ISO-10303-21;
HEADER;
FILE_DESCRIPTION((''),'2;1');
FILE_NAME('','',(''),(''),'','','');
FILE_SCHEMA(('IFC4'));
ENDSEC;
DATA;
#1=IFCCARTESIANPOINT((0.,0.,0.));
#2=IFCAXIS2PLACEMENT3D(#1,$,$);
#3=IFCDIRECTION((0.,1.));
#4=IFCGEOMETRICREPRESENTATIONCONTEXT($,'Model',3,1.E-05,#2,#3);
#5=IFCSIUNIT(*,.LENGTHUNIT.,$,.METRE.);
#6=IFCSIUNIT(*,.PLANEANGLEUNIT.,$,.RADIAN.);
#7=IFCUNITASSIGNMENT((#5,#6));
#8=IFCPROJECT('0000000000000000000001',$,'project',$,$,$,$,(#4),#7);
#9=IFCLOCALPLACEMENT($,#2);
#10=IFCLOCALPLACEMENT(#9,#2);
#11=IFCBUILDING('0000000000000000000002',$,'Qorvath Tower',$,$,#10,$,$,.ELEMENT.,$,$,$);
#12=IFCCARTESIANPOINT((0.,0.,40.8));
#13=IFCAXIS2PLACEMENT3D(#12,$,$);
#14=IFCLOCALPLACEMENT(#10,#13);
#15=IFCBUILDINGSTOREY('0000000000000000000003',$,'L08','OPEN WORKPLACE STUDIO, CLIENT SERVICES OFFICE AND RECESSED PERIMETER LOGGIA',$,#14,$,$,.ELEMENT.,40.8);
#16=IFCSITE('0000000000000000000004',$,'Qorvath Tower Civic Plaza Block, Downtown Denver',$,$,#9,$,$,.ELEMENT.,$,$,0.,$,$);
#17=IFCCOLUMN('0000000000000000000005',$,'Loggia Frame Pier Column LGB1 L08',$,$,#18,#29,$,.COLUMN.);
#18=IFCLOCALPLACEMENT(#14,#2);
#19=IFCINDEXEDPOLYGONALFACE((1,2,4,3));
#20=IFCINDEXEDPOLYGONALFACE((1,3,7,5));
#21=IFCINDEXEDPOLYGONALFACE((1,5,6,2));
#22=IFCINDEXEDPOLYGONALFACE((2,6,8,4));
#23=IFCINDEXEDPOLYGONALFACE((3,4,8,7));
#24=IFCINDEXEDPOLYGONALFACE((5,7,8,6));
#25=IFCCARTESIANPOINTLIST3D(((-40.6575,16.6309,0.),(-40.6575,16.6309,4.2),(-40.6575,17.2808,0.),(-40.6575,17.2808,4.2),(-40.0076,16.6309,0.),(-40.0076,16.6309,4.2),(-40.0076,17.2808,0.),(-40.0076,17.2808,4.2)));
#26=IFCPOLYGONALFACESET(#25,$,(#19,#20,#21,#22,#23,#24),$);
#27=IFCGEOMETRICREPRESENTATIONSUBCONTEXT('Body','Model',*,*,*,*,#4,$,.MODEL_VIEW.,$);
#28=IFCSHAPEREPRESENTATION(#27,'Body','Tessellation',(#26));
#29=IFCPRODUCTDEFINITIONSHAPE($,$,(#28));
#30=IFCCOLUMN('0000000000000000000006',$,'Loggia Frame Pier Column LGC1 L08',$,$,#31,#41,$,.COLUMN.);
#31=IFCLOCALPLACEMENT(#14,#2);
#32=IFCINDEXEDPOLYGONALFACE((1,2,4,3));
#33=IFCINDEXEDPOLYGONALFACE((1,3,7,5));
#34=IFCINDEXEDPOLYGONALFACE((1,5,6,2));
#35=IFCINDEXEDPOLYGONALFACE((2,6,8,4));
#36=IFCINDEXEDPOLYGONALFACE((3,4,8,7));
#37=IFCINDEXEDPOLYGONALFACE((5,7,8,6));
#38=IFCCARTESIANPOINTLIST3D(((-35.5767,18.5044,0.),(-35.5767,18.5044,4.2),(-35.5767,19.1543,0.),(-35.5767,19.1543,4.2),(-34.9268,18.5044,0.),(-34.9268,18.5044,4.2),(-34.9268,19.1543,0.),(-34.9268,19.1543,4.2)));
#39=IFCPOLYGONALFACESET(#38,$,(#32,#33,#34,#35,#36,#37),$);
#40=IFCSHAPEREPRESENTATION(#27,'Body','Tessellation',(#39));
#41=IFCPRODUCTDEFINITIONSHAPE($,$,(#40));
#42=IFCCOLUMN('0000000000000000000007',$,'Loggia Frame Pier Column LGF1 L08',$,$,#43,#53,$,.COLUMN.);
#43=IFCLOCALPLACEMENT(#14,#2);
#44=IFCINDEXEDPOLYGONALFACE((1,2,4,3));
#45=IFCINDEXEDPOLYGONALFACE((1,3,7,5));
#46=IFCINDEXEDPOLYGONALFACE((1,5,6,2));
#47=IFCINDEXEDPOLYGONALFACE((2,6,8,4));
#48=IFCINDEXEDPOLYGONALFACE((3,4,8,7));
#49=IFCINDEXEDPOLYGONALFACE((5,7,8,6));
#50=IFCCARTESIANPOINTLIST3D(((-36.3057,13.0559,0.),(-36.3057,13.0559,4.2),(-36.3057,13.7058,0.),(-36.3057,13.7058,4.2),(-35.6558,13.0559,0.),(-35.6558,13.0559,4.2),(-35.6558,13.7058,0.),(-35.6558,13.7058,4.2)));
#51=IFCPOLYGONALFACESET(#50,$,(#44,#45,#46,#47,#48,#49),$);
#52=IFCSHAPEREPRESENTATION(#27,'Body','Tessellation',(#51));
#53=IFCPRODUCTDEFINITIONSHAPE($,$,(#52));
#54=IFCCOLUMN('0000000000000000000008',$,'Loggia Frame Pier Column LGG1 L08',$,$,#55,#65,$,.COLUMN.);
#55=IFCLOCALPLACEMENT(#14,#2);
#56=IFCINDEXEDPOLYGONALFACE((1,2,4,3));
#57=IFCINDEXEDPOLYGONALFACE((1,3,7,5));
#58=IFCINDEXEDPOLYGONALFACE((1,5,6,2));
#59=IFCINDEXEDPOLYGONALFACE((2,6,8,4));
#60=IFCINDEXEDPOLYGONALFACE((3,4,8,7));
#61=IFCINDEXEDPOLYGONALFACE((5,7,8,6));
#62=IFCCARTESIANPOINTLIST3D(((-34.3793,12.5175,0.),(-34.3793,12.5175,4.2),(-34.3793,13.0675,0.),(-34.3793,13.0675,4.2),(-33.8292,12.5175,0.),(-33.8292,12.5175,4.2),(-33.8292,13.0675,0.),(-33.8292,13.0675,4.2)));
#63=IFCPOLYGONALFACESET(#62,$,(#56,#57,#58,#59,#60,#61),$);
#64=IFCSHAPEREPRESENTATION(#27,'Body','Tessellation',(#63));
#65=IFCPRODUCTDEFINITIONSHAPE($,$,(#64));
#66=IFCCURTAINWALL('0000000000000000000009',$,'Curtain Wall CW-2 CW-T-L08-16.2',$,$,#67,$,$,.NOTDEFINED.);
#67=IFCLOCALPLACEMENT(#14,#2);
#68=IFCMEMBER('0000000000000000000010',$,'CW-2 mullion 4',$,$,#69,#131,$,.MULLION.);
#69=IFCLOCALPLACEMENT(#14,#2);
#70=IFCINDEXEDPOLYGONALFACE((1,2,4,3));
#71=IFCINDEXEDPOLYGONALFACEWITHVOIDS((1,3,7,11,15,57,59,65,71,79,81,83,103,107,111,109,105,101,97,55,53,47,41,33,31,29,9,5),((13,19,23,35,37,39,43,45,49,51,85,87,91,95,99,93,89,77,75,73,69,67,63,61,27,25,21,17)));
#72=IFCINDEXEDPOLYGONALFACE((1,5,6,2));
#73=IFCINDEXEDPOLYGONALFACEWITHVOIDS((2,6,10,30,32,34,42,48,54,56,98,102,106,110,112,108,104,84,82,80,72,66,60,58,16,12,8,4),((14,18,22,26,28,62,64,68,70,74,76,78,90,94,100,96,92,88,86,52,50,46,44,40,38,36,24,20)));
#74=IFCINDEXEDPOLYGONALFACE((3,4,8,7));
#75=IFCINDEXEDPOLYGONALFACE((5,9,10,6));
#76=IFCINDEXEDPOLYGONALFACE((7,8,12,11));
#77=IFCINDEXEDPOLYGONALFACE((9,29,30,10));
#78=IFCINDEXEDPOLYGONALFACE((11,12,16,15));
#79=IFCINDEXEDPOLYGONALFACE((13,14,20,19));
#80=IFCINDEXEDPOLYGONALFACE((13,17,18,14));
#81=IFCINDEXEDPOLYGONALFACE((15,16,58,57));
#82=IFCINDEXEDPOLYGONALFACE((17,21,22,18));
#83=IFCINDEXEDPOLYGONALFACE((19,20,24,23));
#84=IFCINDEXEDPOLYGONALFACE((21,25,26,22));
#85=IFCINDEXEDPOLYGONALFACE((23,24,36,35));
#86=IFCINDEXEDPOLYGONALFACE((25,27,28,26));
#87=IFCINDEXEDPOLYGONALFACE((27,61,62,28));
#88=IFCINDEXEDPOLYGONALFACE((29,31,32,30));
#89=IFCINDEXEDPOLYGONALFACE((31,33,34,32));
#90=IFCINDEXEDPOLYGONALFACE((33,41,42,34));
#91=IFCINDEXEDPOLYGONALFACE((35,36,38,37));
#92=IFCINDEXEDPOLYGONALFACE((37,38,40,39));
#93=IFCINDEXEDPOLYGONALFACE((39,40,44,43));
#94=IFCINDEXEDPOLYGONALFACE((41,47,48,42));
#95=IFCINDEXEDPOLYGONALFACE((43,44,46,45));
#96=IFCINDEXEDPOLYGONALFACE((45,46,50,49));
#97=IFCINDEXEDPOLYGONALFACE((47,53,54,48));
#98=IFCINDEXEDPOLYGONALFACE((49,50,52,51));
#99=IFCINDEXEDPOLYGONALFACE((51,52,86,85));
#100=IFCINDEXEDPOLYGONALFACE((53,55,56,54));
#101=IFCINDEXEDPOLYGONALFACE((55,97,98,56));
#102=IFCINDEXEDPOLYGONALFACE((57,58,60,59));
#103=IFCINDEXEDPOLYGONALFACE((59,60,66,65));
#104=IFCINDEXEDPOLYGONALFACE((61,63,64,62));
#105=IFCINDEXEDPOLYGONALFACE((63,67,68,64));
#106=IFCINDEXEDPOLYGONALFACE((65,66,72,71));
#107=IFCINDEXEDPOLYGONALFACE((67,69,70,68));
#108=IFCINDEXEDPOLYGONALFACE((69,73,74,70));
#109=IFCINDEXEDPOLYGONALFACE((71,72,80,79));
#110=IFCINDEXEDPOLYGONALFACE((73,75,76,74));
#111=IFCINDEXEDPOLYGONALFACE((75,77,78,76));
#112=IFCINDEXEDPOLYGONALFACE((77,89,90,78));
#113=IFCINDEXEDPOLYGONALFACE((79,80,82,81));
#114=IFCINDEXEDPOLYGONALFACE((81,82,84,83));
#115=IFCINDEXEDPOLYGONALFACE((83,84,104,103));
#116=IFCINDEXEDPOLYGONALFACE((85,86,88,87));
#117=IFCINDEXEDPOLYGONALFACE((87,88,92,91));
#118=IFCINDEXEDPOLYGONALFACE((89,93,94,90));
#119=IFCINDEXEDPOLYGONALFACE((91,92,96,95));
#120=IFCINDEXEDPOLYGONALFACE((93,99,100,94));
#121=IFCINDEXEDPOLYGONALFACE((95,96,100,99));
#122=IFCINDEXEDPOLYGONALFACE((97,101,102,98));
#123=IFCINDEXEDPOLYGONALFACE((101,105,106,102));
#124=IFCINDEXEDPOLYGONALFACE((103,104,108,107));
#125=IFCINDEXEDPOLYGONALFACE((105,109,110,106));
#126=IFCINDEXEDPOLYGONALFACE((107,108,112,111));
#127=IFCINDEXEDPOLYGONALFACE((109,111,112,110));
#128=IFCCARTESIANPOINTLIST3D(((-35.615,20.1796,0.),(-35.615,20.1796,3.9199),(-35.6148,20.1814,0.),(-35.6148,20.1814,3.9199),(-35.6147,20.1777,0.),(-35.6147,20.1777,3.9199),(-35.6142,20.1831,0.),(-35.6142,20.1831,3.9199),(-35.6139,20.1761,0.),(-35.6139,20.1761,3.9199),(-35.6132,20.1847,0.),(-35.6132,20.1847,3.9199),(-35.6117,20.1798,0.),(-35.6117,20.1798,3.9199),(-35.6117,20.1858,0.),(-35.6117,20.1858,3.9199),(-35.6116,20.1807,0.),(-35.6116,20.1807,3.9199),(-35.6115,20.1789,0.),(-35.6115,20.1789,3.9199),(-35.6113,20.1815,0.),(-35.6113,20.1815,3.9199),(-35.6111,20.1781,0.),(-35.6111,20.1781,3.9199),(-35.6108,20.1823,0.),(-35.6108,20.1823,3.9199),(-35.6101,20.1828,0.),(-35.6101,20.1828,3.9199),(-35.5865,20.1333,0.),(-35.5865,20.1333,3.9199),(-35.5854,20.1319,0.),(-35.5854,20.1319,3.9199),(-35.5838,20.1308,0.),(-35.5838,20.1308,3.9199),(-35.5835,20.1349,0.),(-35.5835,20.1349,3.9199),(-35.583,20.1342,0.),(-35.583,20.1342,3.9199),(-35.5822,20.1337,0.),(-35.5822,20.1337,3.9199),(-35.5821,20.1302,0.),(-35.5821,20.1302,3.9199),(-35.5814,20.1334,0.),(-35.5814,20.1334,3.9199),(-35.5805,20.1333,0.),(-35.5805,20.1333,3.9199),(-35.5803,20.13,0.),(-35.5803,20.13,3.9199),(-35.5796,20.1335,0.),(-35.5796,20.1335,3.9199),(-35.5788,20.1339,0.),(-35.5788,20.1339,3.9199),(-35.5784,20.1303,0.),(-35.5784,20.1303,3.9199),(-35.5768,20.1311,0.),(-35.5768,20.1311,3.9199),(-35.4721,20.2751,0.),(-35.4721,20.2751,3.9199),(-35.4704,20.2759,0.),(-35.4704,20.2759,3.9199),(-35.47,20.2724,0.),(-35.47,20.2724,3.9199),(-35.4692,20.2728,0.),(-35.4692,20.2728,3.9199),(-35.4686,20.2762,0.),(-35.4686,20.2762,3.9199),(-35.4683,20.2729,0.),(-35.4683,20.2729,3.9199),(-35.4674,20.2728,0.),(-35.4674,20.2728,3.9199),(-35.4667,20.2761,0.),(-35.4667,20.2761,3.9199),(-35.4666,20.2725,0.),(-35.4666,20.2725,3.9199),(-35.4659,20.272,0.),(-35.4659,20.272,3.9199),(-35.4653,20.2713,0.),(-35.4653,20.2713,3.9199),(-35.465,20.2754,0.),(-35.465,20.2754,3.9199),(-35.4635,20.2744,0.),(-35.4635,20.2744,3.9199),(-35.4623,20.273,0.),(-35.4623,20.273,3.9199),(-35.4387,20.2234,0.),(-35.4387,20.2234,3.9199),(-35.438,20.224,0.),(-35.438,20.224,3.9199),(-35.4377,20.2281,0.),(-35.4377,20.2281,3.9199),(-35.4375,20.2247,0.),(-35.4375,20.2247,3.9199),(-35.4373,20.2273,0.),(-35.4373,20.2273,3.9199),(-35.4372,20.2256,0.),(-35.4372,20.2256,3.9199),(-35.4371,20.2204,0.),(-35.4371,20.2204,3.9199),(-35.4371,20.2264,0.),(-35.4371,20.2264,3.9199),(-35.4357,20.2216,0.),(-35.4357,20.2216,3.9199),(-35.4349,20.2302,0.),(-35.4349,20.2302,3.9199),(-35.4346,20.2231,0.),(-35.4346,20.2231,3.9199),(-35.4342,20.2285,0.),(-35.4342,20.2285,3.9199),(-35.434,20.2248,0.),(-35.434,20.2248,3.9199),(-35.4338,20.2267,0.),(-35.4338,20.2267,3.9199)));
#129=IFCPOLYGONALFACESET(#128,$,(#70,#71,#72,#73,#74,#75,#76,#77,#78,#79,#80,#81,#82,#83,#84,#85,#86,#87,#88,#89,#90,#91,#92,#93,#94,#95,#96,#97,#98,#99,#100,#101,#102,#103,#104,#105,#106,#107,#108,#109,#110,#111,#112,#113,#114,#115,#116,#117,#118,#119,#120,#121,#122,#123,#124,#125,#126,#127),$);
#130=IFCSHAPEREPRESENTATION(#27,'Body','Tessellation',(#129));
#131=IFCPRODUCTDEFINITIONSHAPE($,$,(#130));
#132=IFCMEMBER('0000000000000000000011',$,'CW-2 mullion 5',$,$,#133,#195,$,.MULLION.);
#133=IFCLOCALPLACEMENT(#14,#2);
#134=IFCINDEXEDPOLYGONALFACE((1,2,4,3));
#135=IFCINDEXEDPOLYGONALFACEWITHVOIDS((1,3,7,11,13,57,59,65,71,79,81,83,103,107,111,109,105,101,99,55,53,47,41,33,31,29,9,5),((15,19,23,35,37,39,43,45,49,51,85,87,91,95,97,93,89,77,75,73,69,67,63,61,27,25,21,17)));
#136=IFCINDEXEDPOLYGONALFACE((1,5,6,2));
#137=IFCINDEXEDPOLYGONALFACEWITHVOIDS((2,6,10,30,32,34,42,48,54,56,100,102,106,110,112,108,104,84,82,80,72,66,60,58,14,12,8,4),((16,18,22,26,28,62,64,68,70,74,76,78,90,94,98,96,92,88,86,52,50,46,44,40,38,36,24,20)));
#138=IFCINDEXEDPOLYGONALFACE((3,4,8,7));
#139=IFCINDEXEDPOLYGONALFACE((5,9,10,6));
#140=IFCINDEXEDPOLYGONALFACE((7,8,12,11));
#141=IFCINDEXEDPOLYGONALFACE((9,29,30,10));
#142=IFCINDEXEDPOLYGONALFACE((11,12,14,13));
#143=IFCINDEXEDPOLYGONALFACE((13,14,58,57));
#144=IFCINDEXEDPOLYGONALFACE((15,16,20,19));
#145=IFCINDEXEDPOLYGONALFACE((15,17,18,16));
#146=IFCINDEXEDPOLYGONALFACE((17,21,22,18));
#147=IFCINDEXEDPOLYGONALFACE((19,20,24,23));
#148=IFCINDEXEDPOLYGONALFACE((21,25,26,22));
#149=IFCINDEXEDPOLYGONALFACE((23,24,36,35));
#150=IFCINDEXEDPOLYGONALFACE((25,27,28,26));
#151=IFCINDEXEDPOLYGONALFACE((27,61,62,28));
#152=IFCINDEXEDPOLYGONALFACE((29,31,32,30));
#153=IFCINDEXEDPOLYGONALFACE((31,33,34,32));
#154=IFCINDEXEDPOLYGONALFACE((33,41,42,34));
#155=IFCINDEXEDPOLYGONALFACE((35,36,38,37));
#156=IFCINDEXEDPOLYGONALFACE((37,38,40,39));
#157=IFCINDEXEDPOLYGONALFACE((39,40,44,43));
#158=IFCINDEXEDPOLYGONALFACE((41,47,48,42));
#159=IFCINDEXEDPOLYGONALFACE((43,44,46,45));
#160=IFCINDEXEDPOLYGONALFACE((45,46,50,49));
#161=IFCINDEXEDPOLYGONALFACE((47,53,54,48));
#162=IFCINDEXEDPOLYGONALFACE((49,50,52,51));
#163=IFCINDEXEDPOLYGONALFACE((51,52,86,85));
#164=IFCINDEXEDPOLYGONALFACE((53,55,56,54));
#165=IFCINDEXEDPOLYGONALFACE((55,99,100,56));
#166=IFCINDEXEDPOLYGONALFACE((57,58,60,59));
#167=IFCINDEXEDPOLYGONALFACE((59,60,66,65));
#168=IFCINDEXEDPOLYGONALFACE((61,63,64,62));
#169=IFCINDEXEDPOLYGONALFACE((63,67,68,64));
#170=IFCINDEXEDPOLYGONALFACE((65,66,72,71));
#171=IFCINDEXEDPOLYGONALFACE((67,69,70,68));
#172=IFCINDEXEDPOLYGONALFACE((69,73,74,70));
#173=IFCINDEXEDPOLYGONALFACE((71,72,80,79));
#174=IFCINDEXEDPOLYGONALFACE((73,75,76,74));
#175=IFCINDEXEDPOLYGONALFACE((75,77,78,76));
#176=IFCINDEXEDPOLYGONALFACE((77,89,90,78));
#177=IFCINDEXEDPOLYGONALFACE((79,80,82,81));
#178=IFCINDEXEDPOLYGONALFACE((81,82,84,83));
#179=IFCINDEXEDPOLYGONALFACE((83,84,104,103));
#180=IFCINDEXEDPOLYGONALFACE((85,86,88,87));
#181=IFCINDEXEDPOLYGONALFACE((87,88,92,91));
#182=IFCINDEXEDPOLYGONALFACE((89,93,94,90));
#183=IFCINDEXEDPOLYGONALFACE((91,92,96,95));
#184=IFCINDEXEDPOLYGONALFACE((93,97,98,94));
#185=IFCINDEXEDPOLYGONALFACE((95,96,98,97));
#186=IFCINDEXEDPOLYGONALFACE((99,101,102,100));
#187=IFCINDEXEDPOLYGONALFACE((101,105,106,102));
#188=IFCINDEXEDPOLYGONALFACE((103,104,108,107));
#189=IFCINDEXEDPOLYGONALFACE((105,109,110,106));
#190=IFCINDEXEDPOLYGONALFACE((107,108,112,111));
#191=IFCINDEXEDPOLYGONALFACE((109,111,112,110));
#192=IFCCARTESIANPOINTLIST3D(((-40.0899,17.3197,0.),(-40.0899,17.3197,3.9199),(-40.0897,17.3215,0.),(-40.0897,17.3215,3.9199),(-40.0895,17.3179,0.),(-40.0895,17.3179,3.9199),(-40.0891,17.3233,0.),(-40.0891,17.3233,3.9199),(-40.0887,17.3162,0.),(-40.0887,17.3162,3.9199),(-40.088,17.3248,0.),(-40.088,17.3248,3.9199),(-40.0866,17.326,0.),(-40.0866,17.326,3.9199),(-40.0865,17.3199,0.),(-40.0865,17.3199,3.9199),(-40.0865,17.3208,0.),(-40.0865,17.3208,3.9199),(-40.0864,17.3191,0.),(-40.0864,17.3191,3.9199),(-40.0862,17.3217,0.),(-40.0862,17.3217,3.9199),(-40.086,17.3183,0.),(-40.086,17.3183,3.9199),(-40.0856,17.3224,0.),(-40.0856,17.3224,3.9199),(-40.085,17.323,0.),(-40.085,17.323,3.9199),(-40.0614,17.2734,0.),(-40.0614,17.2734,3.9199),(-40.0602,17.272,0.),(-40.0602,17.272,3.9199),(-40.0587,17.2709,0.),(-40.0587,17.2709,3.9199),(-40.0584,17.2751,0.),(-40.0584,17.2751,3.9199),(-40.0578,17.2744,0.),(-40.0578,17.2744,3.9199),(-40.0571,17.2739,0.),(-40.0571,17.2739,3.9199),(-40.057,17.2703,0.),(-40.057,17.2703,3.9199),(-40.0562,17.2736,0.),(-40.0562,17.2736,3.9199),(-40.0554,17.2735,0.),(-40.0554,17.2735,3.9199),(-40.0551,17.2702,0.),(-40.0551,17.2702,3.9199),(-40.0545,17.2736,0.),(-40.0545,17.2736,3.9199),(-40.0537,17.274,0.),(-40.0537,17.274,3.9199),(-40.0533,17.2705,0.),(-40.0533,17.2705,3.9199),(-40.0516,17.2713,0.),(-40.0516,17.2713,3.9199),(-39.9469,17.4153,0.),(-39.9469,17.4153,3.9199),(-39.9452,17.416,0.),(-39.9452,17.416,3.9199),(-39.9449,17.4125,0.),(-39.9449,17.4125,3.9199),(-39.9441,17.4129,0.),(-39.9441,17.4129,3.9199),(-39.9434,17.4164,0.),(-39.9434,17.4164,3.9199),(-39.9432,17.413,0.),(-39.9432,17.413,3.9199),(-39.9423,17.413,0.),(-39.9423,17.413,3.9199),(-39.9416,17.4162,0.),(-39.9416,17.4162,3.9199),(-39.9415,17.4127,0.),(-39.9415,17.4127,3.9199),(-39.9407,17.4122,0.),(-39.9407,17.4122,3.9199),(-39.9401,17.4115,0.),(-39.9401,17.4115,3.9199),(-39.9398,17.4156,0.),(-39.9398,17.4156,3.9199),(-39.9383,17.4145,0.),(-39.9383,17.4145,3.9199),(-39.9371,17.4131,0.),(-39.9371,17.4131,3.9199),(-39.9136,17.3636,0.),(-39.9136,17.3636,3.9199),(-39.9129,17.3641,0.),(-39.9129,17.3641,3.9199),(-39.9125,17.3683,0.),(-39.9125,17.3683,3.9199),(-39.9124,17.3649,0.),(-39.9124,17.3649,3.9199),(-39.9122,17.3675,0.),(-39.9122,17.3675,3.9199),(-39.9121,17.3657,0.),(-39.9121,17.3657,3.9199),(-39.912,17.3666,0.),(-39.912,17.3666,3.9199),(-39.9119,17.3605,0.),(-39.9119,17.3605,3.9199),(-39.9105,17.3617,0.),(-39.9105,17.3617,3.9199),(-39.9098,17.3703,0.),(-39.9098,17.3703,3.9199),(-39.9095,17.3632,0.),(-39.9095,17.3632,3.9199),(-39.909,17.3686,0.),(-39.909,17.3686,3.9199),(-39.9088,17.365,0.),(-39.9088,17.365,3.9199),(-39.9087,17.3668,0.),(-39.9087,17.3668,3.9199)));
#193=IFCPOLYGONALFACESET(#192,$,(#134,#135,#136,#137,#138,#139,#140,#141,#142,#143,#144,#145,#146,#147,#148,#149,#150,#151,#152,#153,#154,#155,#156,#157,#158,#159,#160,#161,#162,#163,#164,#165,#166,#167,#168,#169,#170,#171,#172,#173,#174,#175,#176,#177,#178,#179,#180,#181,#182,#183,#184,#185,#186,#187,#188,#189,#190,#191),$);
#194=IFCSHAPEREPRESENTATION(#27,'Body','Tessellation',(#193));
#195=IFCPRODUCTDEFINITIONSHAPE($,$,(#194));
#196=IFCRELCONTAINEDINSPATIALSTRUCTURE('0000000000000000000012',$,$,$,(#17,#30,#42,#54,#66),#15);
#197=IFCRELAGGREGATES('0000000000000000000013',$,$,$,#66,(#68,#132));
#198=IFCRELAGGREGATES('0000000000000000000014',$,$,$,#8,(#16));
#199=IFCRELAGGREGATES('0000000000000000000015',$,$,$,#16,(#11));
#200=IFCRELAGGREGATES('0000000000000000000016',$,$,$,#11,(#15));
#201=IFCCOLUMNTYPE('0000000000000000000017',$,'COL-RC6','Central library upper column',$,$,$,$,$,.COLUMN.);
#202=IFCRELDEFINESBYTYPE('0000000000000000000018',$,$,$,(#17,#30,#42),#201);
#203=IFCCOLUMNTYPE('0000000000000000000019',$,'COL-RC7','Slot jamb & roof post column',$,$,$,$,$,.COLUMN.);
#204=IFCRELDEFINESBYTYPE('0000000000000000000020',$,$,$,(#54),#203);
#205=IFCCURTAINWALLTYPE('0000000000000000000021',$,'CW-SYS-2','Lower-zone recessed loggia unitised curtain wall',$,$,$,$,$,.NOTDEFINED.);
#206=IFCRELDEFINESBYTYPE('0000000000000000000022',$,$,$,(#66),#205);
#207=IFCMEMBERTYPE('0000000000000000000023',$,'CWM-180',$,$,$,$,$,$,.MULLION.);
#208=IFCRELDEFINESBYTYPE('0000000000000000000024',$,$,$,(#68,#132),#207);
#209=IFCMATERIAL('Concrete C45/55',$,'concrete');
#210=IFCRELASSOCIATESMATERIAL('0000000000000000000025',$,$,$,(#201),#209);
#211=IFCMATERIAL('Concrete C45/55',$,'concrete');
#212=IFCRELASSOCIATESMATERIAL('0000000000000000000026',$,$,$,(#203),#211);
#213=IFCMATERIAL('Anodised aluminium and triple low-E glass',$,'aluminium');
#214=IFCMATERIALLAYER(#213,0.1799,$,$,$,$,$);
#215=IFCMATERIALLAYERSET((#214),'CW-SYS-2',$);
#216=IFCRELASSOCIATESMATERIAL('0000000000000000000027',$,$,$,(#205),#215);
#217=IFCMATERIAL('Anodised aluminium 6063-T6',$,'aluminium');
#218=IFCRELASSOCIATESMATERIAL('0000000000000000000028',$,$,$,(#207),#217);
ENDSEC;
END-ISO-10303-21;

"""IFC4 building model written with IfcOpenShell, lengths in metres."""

from ifc_helpers import new_model, si_unit, direction, frame, origin, origin_2d, place, context, subcontext, project, spatial, rectangle, hollow_rectangle, extrude, material, layer, layer_set, material_profile, profile_set, type_object, element, aggregate, save


model = new_model("IFC4")

# Units and contexts
model_context = context("Model", 3, precision=1e-05, world=origin(), true_north=direction((0.0, 1.0)))
body_context = subcontext(model_context, "Body", "Model", "MODEL_VIEW")
ifc_project = project(units=[si_unit("LENGTHUNIT", "METRE"), si_unit("PLANEANGLEUNIT", "RADIAN")], contexts=[model_context])

# Site, building, storey
site_placement = place(None, origin())
site = spatial("IfcSite", under=ifc_project, at=site_placement, Name="Qorvath Tower Civic Plaza Block, Downtown Denver", CompositionType="ELEMENT", RefElevation=0.0)
building_placement = place(site_placement, origin())
building = spatial("IfcBuilding", under=site, at=building_placement, Name="Qorvath Tower", CompositionType="ELEMENT")
storey_placement = place(building_placement, frame((0.0, 0.0, 40.8)))
storey = spatial("IfcBuildingStorey", under=building, at=storey_placement, Name="L08", Description="OPEN WORKPLACE STUDIO, CLIENT SERVICES OFFICE AND RECESSED PERIMETER LOGGIA", CompositionType="ELEMENT", Elevation=40.8)

# Columns
ifc_material_1 = material(Name="Concrete C45/55", Category="concrete")
ifc_material_profile_1 = material_profile(ifc_material_1, rectangle(XDim=0.6499, YDim=0.6499, at=origin_2d()), Name="RC 650x650")
ifc_profile_set_1 = profile_set([ifc_material_profile_1], Name="Concrete C45/55")
column_type_1 = type_object("IfcColumnType", Name="COL-RC6", Description="Central library upper column", PredefinedType="COLUMN", material=ifc_profile_set_1)
for number, where, z_axis, x_axis, name in (
    (1, (-40.3325, 16.9558, 0.0), (0.0, 0.0, 1.0), (1.0, 0.0, 0.0), "Loggia Frame Pier Column LGB1 L08"),
    (2, (-35.2517, 18.8293, 0.0), (0.0, 0.0, 1.0), (1.0, 0.0, 0.0), "Loggia Frame Pier Column LGC1 L08"),
    (3, (-35.9807, 13.3809, 0.0), (0.0, 0.0, 1.0), (1.0, 0.0, 0.0), "Loggia Frame Pier Column LGF1 L08"),
):
    element("IfcColumn", number, at=place(storey_placement, frame(where, z_axis=z_axis, x_axis=x_axis)), inside=storey, type_object=column_type_1, Name=name, PredefinedType="COLUMN", context=body_context, shape_type="SweptSolid", body=[
        extrude(rectangle(XDim=0.6499, YDim=0.6499, at=origin_2d()), origin(), (0.0, 0.0, 1.0), 4.2),
    ])
ifc_material_2 = material(Name="Concrete C45/55", Category="concrete")
ifc_material_profile_2 = material_profile(ifc_material_2, rectangle(XDim=0.55, YDim=0.55, at=origin_2d()), Name="RC 550x550")
ifc_profile_set_2 = profile_set([ifc_material_profile_2], Name="Concrete C45/55")
column_type_2 = type_object("IfcColumnType", Name="COL-RC7", Description="Slot jamb & roof post column", PredefinedType="COLUMN", material=ifc_profile_set_2)
column_placement = place(storey_placement, frame((-34.1042, 12.7925, 0.0), z_axis=(0.0, 0.0, 1.0), x_axis=(1.0, 0.0, 0.0)))
element("IfcColumn", 4, at=column_placement, inside=storey, type_object=column_type_2, Name="Loggia Frame Pier Column LGG1 L08", PredefinedType="COLUMN", context=body_context, shape_type="SweptSolid", body=[
    extrude(rectangle(XDim=0.55, YDim=0.55, at=origin_2d()), origin(), (0.0, 0.0, 1.0), 4.2),
])

# Curtain wall, members
ifc_material_3 = material(Name="Anodised aluminium and triple low-E glass", Category="aluminium")
ifc_layer_1 = layer(ifc_material_3, 0.1799)
ifc_layer_set_1 = layer_set([ifc_layer_1], Name="CW-SYS-2")
curtain_wall_type = type_object("IfcCurtainWallType", Name="CW-SYS-2", Description="Lower-zone recessed loggia unitised curtain wall", PredefinedType="NOTDEFINED", material=ifc_layer_set_1)
curtain_wall_placement = place(storey_placement, origin())
curtain_wall = element("IfcCurtainWall", 5, at=curtain_wall_placement, inside=storey, type_object=curtain_wall_type, Name="Curtain Wall CW-2 CW-T-L08-16.2", PredefinedType="NOTDEFINED")
ifc_material_4 = material(Name="Anodised aluminium 6063-T6", Category="aluminium")
ifc_material_profile_3 = material_profile(ifc_material_4, hollow_rectangle(XDim=0.0649, YDim=0.1799, WallThickness=0.0034, InnerFilletRadius=0.0034, OuterFilletRadius=0.0071, at=origin_2d()), Name="CWM 180x65")
ifc_profile_set_3 = profile_set([ifc_material_profile_3], Name="Anodised aluminium 6063-T6")
member_type_1 = type_object("IfcMemberType", Name="CWM-180", PredefinedType="MULLION", material=ifc_profile_set_3)
member_1_placement = place(storey_placement, frame((-35.5244, 20.2031, 0.0), z_axis=(0.0, 0.0, 1.0), x_axis=(0.538541, -0.842599, 0.0)))
member_1 = element("IfcMember", 6, at=member_1_placement, type_object=member_type_1, Name="CW-2 mullion 4", PredefinedType="MULLION", context=body_context, shape_type="SweptSolid", body=[
    extrude(hollow_rectangle(XDim=0.0649, YDim=0.1799, WallThickness=0.0034, InnerFilletRadius=0.0034, OuterFilletRadius=0.0071, at=origin_2d()), origin(), (0.0, 0.0, 1.0), 3.9199),
])
member_2_placement = place(storey_placement, frame((-39.9993, 17.3433, 0.0), z_axis=(0.0, 0.0, 1.0), x_axis=(0.538541, -0.842599, 0.0)))
member_2 = element("IfcMember", 7, at=member_2_placement, type_object=member_type_1, Name="CW-2 mullion 5", PredefinedType="MULLION", context=body_context, shape_type="SweptSolid", body=[
    extrude(hollow_rectangle(XDim=0.0649, YDim=0.1799, WallThickness=0.0034, InnerFilletRadius=0.0034, OuterFilletRadius=0.0071, at=origin_2d()), origin(), (0.0, 0.0, 1.0), 3.9199),
])
aggregate(curtain_wall, [member_1, member_2])

save(model, "model.ifc")
